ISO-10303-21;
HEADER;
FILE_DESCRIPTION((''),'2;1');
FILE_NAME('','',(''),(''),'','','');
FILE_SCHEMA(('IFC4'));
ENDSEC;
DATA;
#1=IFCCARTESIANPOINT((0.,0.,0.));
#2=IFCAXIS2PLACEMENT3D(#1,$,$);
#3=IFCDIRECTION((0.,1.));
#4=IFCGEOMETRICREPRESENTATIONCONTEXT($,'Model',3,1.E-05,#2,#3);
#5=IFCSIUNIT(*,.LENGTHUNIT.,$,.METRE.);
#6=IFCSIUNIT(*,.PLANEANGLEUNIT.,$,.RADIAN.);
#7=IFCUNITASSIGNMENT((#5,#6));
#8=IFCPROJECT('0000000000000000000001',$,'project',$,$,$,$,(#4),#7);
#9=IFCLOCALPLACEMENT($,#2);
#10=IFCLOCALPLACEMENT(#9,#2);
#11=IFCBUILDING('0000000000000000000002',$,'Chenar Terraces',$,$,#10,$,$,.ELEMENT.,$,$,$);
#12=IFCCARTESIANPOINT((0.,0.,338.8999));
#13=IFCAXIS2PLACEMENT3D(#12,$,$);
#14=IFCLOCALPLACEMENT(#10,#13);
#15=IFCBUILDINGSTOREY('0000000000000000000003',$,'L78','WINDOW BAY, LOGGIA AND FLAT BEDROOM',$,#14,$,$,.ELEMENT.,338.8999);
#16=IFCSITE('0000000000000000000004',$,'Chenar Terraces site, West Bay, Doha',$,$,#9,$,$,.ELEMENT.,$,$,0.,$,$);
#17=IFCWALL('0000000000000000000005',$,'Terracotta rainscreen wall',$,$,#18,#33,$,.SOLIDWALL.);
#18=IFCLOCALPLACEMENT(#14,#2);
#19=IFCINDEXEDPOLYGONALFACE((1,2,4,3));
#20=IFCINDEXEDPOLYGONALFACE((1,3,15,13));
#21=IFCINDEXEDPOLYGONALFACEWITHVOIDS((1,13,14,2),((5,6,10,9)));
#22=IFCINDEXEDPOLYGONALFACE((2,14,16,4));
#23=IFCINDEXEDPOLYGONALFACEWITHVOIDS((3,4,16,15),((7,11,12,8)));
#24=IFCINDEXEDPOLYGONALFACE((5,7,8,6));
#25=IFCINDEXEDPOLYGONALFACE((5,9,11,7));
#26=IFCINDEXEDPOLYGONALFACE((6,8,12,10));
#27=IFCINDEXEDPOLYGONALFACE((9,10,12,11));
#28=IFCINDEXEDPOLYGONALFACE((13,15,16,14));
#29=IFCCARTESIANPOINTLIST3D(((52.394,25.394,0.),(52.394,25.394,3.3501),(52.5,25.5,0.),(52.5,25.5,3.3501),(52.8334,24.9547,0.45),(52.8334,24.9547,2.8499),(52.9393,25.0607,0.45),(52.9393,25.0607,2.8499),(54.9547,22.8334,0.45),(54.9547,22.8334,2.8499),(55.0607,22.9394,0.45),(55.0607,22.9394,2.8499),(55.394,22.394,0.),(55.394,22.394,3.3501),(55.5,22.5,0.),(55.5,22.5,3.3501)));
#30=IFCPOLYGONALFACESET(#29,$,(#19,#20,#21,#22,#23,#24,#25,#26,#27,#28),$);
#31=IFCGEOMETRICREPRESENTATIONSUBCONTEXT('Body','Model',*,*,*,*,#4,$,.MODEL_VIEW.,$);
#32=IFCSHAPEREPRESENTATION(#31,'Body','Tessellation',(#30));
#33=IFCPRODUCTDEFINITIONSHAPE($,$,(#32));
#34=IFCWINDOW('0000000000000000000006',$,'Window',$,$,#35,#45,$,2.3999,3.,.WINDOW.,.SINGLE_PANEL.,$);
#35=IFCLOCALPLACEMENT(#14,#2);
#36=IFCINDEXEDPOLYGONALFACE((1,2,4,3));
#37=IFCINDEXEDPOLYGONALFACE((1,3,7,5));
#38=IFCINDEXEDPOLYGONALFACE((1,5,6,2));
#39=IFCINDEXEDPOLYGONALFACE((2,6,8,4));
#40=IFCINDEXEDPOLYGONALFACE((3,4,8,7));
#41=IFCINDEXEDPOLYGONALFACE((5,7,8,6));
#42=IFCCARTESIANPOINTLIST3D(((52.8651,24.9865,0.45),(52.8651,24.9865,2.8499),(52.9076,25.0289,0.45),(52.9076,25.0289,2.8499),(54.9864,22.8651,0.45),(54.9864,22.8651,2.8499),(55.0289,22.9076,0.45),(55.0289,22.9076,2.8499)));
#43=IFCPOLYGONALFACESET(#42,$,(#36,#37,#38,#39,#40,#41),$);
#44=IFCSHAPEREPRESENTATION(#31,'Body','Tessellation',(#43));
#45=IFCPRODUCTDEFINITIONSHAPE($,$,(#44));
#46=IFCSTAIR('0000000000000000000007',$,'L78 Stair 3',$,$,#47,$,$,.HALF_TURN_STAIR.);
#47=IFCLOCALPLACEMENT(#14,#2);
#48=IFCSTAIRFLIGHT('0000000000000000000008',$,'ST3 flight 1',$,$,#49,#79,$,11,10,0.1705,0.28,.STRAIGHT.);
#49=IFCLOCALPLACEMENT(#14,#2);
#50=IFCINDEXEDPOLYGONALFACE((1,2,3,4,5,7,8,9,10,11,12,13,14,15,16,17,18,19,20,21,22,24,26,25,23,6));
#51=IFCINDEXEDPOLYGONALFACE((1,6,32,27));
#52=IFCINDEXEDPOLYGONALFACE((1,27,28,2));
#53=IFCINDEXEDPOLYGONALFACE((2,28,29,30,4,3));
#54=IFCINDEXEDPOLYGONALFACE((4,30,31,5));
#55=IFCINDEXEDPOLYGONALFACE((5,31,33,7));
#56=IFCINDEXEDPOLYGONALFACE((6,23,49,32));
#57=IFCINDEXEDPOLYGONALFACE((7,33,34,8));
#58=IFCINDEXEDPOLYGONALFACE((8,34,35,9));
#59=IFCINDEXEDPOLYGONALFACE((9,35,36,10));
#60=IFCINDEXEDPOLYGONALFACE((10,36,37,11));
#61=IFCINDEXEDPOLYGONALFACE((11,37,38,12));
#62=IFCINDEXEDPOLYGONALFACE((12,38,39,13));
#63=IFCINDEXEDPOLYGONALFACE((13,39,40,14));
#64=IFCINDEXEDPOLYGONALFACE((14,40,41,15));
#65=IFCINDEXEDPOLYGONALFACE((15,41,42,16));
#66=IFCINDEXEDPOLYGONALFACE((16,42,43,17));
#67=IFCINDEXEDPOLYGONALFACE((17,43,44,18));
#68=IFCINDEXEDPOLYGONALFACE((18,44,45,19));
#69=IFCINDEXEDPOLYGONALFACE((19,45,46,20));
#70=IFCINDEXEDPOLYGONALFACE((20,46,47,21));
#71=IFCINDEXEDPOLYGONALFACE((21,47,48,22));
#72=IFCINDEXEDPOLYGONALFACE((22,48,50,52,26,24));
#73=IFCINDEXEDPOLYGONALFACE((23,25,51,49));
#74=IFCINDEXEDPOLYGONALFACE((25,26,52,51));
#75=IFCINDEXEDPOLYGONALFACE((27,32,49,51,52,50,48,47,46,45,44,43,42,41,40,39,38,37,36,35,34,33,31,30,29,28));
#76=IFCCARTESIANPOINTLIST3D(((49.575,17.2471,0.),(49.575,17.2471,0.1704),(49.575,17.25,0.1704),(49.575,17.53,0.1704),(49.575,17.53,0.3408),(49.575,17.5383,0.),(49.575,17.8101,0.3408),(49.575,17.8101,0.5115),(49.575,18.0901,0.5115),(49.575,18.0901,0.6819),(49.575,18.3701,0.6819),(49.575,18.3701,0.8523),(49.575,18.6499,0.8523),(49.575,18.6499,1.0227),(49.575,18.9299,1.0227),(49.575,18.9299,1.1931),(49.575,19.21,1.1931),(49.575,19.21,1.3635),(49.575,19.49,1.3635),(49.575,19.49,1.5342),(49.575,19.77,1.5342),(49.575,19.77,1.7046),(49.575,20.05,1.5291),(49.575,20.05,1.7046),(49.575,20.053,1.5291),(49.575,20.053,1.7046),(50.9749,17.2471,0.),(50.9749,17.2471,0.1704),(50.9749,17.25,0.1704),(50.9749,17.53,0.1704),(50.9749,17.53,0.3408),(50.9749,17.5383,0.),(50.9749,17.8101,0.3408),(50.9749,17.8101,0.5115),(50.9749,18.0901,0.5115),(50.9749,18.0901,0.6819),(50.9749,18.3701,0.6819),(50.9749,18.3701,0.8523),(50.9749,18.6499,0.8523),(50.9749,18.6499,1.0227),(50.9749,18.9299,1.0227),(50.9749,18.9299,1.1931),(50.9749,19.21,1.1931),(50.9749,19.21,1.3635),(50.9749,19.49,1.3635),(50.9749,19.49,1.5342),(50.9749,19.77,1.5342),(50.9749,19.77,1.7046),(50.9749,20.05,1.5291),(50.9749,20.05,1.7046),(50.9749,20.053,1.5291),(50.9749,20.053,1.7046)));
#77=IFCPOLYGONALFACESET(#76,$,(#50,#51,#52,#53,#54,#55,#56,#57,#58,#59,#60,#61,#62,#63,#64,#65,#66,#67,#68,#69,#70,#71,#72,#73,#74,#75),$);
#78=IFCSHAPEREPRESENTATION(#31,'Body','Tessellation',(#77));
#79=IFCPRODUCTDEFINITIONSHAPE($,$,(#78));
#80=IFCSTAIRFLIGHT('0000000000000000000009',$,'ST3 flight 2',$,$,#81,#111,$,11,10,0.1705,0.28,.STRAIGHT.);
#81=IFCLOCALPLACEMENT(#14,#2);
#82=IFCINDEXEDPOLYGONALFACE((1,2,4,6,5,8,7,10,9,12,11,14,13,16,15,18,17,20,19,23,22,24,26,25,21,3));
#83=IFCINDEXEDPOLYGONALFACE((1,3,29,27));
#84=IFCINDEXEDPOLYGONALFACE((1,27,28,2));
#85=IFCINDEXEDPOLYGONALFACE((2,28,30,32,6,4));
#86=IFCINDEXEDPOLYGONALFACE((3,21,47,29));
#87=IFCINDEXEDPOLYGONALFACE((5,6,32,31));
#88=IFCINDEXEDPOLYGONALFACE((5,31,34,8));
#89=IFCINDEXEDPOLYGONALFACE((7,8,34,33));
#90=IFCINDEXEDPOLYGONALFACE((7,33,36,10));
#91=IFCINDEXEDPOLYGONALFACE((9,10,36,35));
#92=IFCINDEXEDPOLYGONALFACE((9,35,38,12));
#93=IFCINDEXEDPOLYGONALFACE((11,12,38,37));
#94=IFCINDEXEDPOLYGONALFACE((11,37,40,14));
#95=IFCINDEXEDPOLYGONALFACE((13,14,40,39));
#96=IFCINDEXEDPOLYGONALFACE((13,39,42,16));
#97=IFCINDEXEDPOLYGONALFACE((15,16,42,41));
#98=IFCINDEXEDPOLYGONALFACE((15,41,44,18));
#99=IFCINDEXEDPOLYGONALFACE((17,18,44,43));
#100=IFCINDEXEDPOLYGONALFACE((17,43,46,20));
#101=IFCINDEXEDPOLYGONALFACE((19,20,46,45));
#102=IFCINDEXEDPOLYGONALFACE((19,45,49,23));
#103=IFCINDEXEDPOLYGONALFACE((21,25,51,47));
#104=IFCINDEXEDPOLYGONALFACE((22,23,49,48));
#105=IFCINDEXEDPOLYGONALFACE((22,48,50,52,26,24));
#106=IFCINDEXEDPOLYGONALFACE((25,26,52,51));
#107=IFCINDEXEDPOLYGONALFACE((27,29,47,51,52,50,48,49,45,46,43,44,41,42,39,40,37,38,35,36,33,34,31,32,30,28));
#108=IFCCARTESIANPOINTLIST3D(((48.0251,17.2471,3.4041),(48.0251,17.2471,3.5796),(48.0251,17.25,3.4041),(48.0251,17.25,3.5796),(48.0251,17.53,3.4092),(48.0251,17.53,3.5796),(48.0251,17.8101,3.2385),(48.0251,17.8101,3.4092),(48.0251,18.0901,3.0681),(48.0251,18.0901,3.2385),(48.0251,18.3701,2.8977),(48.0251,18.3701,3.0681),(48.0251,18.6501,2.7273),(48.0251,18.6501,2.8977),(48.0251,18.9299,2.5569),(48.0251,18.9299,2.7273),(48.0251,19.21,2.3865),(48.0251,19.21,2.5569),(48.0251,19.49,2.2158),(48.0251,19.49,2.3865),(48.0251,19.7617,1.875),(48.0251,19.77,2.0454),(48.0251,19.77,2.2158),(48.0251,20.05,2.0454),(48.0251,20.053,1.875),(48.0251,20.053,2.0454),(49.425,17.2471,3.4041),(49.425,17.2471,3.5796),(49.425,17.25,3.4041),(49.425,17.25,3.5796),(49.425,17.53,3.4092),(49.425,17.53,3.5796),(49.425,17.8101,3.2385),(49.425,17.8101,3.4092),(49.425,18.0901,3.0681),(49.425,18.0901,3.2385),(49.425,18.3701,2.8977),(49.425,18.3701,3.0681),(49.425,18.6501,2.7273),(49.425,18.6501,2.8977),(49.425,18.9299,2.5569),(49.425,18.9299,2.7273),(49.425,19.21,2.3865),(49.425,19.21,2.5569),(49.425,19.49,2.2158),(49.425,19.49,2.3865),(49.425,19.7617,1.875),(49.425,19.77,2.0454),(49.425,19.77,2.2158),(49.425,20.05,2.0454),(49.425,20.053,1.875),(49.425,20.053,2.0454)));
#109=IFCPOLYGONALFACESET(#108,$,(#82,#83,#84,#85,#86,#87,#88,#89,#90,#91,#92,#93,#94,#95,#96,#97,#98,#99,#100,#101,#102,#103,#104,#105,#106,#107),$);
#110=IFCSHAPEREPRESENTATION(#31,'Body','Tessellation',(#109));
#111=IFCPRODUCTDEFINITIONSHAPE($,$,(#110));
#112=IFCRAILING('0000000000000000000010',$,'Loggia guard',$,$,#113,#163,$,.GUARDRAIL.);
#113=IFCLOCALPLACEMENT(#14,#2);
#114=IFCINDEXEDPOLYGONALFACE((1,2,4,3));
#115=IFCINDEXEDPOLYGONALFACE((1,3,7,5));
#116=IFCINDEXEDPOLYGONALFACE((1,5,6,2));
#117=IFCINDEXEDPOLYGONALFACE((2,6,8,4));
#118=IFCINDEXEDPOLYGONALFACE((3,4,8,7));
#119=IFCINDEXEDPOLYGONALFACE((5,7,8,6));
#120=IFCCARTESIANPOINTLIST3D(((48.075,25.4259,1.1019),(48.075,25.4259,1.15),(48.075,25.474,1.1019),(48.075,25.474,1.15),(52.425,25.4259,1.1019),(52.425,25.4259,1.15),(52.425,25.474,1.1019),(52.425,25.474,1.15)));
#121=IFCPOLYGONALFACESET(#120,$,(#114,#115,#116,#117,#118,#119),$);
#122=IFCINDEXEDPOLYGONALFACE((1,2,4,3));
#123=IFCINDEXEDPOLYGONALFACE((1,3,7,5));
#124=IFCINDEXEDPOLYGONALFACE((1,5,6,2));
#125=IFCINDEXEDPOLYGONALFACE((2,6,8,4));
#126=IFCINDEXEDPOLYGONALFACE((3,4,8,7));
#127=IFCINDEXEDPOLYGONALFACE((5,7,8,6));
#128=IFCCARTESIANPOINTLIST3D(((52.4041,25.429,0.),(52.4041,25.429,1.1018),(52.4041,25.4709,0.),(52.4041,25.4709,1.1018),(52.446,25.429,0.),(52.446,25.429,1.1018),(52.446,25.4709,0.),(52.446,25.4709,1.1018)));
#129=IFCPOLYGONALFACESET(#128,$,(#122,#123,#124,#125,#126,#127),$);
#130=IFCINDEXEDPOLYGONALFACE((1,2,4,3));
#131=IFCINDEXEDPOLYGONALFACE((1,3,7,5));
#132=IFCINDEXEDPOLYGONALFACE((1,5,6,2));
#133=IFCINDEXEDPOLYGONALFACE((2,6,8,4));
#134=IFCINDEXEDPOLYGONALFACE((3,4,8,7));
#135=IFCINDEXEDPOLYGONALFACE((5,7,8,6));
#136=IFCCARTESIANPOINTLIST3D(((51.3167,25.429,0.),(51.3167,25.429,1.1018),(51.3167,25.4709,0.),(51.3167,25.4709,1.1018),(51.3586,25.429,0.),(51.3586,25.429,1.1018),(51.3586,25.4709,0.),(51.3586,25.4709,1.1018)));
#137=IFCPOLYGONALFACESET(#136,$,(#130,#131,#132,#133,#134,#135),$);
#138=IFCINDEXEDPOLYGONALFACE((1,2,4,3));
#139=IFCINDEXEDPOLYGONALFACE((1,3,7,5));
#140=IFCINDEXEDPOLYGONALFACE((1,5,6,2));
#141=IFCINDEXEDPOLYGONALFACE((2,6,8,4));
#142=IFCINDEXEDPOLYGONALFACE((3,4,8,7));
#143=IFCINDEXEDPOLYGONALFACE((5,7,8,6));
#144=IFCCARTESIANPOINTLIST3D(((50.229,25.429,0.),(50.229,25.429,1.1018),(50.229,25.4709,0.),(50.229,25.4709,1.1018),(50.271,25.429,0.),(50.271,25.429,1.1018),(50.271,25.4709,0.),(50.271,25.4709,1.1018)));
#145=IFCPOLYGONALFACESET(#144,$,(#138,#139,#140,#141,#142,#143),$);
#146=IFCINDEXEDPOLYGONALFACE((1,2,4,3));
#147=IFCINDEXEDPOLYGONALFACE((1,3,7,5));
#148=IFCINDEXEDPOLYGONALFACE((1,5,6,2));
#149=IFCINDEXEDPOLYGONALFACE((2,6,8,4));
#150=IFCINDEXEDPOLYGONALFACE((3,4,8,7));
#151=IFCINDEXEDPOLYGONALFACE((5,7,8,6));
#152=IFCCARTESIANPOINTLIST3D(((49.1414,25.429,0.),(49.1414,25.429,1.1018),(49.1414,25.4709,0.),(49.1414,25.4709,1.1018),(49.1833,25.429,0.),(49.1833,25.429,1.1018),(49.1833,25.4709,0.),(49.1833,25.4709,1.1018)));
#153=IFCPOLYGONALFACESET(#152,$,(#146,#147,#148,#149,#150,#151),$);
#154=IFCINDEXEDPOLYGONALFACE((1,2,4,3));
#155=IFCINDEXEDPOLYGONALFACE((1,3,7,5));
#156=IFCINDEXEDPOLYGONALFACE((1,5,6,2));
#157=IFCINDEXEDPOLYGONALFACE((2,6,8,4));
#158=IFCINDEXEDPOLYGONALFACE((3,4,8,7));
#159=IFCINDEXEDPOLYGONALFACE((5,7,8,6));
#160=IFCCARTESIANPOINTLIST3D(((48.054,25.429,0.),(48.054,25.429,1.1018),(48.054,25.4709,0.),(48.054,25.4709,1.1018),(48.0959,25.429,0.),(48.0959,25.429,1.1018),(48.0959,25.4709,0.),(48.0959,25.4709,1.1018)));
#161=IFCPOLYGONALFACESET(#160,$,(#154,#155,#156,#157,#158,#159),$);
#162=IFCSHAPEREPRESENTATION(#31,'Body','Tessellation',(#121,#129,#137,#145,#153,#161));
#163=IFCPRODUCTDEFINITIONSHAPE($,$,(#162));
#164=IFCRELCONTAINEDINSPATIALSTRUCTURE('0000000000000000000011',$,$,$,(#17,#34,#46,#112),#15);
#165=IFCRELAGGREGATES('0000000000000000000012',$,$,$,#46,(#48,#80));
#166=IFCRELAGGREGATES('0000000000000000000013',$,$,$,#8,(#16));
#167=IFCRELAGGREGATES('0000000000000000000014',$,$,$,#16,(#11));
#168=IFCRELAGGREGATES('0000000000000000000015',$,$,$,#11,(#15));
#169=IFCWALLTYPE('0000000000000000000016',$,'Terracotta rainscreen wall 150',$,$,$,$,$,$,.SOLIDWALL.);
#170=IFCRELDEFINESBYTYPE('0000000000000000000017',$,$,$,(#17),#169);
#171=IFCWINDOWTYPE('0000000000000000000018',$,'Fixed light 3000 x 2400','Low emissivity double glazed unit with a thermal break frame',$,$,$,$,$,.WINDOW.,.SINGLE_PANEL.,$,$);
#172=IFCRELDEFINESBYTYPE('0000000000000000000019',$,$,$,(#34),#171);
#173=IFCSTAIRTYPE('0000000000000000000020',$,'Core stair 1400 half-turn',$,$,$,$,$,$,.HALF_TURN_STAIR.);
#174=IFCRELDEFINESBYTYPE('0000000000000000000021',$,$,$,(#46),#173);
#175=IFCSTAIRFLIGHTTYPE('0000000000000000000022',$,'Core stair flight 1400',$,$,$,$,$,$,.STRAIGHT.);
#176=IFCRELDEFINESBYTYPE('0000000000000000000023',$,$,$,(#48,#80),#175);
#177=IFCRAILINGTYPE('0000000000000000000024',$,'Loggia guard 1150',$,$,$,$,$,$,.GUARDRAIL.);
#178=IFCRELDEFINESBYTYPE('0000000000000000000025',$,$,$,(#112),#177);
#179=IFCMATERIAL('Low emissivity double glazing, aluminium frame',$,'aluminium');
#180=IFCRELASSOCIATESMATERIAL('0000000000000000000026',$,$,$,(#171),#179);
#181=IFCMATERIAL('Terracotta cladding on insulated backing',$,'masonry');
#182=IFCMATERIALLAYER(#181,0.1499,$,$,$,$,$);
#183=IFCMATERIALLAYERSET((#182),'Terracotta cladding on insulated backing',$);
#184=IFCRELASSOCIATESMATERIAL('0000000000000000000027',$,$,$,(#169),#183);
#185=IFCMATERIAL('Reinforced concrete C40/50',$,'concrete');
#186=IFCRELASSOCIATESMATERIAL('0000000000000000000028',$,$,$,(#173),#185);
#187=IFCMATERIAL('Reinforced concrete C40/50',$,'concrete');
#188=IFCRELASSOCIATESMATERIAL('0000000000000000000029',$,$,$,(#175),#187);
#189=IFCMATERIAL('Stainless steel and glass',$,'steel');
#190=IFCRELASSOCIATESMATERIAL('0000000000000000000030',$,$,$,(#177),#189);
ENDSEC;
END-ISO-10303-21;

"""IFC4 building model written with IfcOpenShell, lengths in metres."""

from ifc_helpers import new_model, si_unit, direction, frame, frame_2d, origin, origin_2d, place, context, subcontext, project, spatial, polyline, rectangle, outline, extrude, material, layer, layer_set, type_object, element, fill, aggregate, save


model = new_model("IFC4")

# Units and contexts
model_context = context("Model", 3, precision=1e-05, world=origin(), true_north=direction((0.0, 1.0)))
body_context = subcontext(model_context, "Body", "Model", "MODEL_VIEW")
ifc_project = project(units=[si_unit("LENGTHUNIT", "METRE"), si_unit("PLANEANGLEUNIT", "RADIAN")], contexts=[model_context])

# Site, building, storey
site_placement = place(None, origin())
site = spatial("IfcSite", under=ifc_project, at=site_placement, Name="Chenar Terraces site, West Bay, Doha", CompositionType="ELEMENT", RefElevation=0.0)
building_placement = place(site_placement, origin())
building = spatial("IfcBuilding", under=site, at=building_placement, Name="Chenar Terraces", CompositionType="ELEMENT")
storey_placement = place(building_placement, frame((0.0, 0.0, 338.8999)))
storey = spatial("IfcBuildingStorey", under=building, at=storey_placement, Name="L78", Description="WINDOW BAY, LOGGIA AND FLAT BEDROOM", CompositionType="ELEMENT", Elevation=338.8999)

# Shared definitions
ifc_material_1 = material(Name="Low emissivity double glazing, aluminium frame", Category="aluminium")
window_type_1 = type_object("IfcWindowType", Name="Fixed light 3000 x 2400", Description="Low emissivity double glazed unit with a thermal break frame", PartitioningType="SINGLE_PANEL", PredefinedType="WINDOW", material=ifc_material_1)

# Wall, opening, window
ifc_material_2 = material(Name="Terracotta cladding on insulated backing", Category="masonry")
ifc_layer_1 = layer(ifc_material_2, 0.1499)
ifc_layer_set_1 = layer_set([ifc_layer_1], Name="Terracotta cladding on insulated backing")
wall_type_1 = type_object("IfcWallType", Name="Terracotta rainscreen wall 150", PredefinedType="SOLIDWALL", material=ifc_layer_set_1)
wall_1_placement = place(storey_placement, frame((55.447, 22.447, 0.0), z_axis=(0.0, 0.0, 1.0), x_axis=(-0.707107, 0.707107, 0.0)))
wall_1 = element("IfcWall", 1, at=wall_1_placement, inside=storey, type_object=wall_type_1, Name="Terracotta rainscreen wall", PredefinedType="SOLIDWALL", context=body_context, shape_type="SweptSolid", body=[
    extrude(rectangle(XDim=4.2427, YDim=0.1499, at=frame_2d((2.1213, 0.0))), origin(), (0.0, 0.0, 1.0), 3.3501),
])
opening_1_placement = place(wall_1_placement, frame((0.6213, 0.0, 0.45)))
opening_1 = element("IfcOpeningElement", 2, at=opening_1_placement, cuts=wall_1, PredefinedType="OPENING", context=body_context, shape_type="SweptSolid", body=[
    extrude(rectangle(XDim=3.0, YDim=2.3999, at=frame_2d((1.5, 1.2))), frame((0.0, 0.085, 0.0), z_axis=(0.0, -1.0, 0.0), x_axis=(1.0, 0.0, 0.0)), (0.0, 0.0, 1.0), 0.1699),
])
window_1_placement = place(opening_1_placement, origin())
window_1 = element("IfcWindow", 3, at=window_1_placement, inside=storey, type_object=window_type_1, Name="Window", OverallHeight=2.3999, OverallWidth=3.0, PartitioningType="SINGLE_PANEL", PredefinedType="WINDOW", context=body_context, shape_type="SweptSolid", body=[
    extrude(rectangle(XDim=3.0, YDim=2.3999, at=frame_2d((1.5, 1.2))), frame((0.0, 0.03, 0.0), z_axis=(0.0, -1.0, 0.0), x_axis=(1.0, 0.0, 0.0)), (0.0, 0.0, 1.0), 0.0601),
])
fill(opening_1, window_1)

# Stair, stair flights
ifc_material_3 = material(Name="Reinforced concrete C40/50", Category="concrete")
stair_type = type_object("IfcStairType", Name="Core stair 1400 half-turn", PredefinedType="HALF_TURN_STAIR", material=ifc_material_3)
stair_placement = place(storey_placement, origin())
stair = element("IfcStair", 4, at=stair_placement, inside=storey, type_object=stair_type, Name="L78 Stair 3", PredefinedType="HALF_TURN_STAIR")
ifc_material_4 = material(Name="Reinforced concrete C40/50", Category="concrete")
stair_flight_type = type_object("IfcStairFlightType", Name="Core stair flight 1400", PredefinedType="STRAIGHT", material=ifc_material_4)
stair_flight_1_placement = place(storey_placement, frame((50.2749, 17.25, 0.0), z_axis=(0.0, 0.0, 1.0), x_axis=(0.0, 1.0, 0.0)))
stair_flight_1 = element("IfcStairFlight", 5, at=stair_flight_1_placement, type_object=stair_flight_type, Name="ST3 flight 1", NumberOfRisers=11, NumberOfTreads=10, PredefinedType="STRAIGHT", RiserHeight=0.1705, TreadLength=0.28, context=body_context, shape_type="SweptSolid", body=[
    extrude(outline(polyline([(-0.0029, 0.0), (-0.0029, 0.1704), (0.0, 0.1704), (0.28, 0.1704), (0.28, 0.3408), (0.5601, 0.3408), (0.5601, 0.5115), (0.8401, 0.5115), (0.8401, 0.6819), (1.1201, 0.6819), (1.1201, 0.8523), (1.3999, 0.8523), (1.3999, 1.0227), (1.6799, 1.0227), (1.6799, 1.1931), (1.96, 1.1931), (1.96, 1.3635), (2.24, 1.3635), (2.24, 1.5342), (2.52, 1.5342), (2.52, 1.7046), (2.8, 1.7046), (2.803, 1.7046), (2.803, 1.5291), (2.8, 1.5291), (0.2883, 0.0), (-0.0029, 0.0)])), frame((0.0, 0.7, 0.0), z_axis=(0.0, -1.0, 0.0), x_axis=(1.0, 0.0, 0.0)), (0.0, 0.0, 1.0), 1.3999),
])
stair_flight_2_placement = place(storey_placement, frame((48.7251, 20.05, 1.875), z_axis=(0.0, 0.0, 1.0), x_axis=(0.0, -1.0, 0.0)))
stair_flight_2 = element("IfcStairFlight", 6, at=stair_flight_2_placement, type_object=stair_flight_type, Name="ST3 flight 2", NumberOfRisers=11, NumberOfTreads=10, PredefinedType="STRAIGHT", RiserHeight=0.1705, TreadLength=0.28, context=body_context, shape_type="SweptSolid", body=[
    extrude(outline(polyline([(-0.0029, 0.0), (-0.0029, 0.1704), (0.0, 0.1704), (0.28, 0.1704), (0.28, 0.3408), (0.5601, 0.3408), (0.5601, 0.5115), (0.8401, 0.5115), (0.8401, 0.6819), (1.1201, 0.6819), (1.1201, 0.8523), (1.3999, 0.8523), (1.3999, 1.0227), (1.6799, 1.0227), (1.6799, 1.1931), (1.96, 1.1931), (1.96, 1.3635), (2.24, 1.3635), (2.24, 1.5342), (2.52, 1.5342), (2.52, 1.7046), (2.8, 1.7046), (2.803, 1.7046), (2.803, 1.5291), (2.8, 1.5291), (0.2883, 0.0), (-0.0029, 0.0)])), frame((0.0, 0.7, 0.0), z_axis=(0.0, -1.0, 0.0), x_axis=(1.0, 0.0, 0.0)), (0.0, 0.0, 1.0), 1.3999),
])
aggregate(stair, [stair_flight_1, stair_flight_2])

# Railing
ifc_material_5 = material(Name="Stainless steel and glass", Category="steel")
railing_type_1 = type_object("IfcRailingType", Name="Loggia guard 1150", PredefinedType="GUARDRAIL", material=ifc_material_5)
railing_1_placement = place(storey_placement, frame((52.425, 25.45, 0.0)))
element("IfcRailing", 7, at=railing_1_placement, inside=storey, type_object=railing_type_1, Name="Loggia guard", PredefinedType="GUARDRAIL", context=body_context, shape_type="SweptSolid", body=[
    extrude(rectangle(XDim=0.0481, YDim=0.0481, at=origin_2d()), frame((0.0, 0.0, 1.126), z_axis=(-1.0, 0.0, 0.0), x_axis=(0.0, -1.0, 0.0)), (0.0, 0.0, 1.0), 4.3501),
    extrude(rectangle(XDim=0.042, YDim=0.042, at=origin_2d()), origin(), (0.0, 0.0, 1.0), 1.1018),
    extrude(rectangle(XDim=0.042, YDim=0.042, at=origin_2d()), frame((-1.0874, 0.0, 0.0)), (0.0, 0.0, 1.0), 1.1018),
    extrude(rectangle(XDim=0.042, YDim=0.042, at=origin_2d()), frame((-2.175, 0.0, 0.0)), (0.0, 0.0, 1.0), 1.1018),
    extrude(rectangle(XDim=0.042, YDim=0.042, at=origin_2d()), frame((-3.2627, 0.0, 0.0)), (0.0, 0.0, 1.0), 1.1018),
    extrude(rectangle(XDim=0.042, YDim=0.042, at=origin_2d()), frame((-4.3501, 0.0, 0.0)), (0.0, 0.0, 1.0), 1.1018),
])

save(model, "model.ifc")
